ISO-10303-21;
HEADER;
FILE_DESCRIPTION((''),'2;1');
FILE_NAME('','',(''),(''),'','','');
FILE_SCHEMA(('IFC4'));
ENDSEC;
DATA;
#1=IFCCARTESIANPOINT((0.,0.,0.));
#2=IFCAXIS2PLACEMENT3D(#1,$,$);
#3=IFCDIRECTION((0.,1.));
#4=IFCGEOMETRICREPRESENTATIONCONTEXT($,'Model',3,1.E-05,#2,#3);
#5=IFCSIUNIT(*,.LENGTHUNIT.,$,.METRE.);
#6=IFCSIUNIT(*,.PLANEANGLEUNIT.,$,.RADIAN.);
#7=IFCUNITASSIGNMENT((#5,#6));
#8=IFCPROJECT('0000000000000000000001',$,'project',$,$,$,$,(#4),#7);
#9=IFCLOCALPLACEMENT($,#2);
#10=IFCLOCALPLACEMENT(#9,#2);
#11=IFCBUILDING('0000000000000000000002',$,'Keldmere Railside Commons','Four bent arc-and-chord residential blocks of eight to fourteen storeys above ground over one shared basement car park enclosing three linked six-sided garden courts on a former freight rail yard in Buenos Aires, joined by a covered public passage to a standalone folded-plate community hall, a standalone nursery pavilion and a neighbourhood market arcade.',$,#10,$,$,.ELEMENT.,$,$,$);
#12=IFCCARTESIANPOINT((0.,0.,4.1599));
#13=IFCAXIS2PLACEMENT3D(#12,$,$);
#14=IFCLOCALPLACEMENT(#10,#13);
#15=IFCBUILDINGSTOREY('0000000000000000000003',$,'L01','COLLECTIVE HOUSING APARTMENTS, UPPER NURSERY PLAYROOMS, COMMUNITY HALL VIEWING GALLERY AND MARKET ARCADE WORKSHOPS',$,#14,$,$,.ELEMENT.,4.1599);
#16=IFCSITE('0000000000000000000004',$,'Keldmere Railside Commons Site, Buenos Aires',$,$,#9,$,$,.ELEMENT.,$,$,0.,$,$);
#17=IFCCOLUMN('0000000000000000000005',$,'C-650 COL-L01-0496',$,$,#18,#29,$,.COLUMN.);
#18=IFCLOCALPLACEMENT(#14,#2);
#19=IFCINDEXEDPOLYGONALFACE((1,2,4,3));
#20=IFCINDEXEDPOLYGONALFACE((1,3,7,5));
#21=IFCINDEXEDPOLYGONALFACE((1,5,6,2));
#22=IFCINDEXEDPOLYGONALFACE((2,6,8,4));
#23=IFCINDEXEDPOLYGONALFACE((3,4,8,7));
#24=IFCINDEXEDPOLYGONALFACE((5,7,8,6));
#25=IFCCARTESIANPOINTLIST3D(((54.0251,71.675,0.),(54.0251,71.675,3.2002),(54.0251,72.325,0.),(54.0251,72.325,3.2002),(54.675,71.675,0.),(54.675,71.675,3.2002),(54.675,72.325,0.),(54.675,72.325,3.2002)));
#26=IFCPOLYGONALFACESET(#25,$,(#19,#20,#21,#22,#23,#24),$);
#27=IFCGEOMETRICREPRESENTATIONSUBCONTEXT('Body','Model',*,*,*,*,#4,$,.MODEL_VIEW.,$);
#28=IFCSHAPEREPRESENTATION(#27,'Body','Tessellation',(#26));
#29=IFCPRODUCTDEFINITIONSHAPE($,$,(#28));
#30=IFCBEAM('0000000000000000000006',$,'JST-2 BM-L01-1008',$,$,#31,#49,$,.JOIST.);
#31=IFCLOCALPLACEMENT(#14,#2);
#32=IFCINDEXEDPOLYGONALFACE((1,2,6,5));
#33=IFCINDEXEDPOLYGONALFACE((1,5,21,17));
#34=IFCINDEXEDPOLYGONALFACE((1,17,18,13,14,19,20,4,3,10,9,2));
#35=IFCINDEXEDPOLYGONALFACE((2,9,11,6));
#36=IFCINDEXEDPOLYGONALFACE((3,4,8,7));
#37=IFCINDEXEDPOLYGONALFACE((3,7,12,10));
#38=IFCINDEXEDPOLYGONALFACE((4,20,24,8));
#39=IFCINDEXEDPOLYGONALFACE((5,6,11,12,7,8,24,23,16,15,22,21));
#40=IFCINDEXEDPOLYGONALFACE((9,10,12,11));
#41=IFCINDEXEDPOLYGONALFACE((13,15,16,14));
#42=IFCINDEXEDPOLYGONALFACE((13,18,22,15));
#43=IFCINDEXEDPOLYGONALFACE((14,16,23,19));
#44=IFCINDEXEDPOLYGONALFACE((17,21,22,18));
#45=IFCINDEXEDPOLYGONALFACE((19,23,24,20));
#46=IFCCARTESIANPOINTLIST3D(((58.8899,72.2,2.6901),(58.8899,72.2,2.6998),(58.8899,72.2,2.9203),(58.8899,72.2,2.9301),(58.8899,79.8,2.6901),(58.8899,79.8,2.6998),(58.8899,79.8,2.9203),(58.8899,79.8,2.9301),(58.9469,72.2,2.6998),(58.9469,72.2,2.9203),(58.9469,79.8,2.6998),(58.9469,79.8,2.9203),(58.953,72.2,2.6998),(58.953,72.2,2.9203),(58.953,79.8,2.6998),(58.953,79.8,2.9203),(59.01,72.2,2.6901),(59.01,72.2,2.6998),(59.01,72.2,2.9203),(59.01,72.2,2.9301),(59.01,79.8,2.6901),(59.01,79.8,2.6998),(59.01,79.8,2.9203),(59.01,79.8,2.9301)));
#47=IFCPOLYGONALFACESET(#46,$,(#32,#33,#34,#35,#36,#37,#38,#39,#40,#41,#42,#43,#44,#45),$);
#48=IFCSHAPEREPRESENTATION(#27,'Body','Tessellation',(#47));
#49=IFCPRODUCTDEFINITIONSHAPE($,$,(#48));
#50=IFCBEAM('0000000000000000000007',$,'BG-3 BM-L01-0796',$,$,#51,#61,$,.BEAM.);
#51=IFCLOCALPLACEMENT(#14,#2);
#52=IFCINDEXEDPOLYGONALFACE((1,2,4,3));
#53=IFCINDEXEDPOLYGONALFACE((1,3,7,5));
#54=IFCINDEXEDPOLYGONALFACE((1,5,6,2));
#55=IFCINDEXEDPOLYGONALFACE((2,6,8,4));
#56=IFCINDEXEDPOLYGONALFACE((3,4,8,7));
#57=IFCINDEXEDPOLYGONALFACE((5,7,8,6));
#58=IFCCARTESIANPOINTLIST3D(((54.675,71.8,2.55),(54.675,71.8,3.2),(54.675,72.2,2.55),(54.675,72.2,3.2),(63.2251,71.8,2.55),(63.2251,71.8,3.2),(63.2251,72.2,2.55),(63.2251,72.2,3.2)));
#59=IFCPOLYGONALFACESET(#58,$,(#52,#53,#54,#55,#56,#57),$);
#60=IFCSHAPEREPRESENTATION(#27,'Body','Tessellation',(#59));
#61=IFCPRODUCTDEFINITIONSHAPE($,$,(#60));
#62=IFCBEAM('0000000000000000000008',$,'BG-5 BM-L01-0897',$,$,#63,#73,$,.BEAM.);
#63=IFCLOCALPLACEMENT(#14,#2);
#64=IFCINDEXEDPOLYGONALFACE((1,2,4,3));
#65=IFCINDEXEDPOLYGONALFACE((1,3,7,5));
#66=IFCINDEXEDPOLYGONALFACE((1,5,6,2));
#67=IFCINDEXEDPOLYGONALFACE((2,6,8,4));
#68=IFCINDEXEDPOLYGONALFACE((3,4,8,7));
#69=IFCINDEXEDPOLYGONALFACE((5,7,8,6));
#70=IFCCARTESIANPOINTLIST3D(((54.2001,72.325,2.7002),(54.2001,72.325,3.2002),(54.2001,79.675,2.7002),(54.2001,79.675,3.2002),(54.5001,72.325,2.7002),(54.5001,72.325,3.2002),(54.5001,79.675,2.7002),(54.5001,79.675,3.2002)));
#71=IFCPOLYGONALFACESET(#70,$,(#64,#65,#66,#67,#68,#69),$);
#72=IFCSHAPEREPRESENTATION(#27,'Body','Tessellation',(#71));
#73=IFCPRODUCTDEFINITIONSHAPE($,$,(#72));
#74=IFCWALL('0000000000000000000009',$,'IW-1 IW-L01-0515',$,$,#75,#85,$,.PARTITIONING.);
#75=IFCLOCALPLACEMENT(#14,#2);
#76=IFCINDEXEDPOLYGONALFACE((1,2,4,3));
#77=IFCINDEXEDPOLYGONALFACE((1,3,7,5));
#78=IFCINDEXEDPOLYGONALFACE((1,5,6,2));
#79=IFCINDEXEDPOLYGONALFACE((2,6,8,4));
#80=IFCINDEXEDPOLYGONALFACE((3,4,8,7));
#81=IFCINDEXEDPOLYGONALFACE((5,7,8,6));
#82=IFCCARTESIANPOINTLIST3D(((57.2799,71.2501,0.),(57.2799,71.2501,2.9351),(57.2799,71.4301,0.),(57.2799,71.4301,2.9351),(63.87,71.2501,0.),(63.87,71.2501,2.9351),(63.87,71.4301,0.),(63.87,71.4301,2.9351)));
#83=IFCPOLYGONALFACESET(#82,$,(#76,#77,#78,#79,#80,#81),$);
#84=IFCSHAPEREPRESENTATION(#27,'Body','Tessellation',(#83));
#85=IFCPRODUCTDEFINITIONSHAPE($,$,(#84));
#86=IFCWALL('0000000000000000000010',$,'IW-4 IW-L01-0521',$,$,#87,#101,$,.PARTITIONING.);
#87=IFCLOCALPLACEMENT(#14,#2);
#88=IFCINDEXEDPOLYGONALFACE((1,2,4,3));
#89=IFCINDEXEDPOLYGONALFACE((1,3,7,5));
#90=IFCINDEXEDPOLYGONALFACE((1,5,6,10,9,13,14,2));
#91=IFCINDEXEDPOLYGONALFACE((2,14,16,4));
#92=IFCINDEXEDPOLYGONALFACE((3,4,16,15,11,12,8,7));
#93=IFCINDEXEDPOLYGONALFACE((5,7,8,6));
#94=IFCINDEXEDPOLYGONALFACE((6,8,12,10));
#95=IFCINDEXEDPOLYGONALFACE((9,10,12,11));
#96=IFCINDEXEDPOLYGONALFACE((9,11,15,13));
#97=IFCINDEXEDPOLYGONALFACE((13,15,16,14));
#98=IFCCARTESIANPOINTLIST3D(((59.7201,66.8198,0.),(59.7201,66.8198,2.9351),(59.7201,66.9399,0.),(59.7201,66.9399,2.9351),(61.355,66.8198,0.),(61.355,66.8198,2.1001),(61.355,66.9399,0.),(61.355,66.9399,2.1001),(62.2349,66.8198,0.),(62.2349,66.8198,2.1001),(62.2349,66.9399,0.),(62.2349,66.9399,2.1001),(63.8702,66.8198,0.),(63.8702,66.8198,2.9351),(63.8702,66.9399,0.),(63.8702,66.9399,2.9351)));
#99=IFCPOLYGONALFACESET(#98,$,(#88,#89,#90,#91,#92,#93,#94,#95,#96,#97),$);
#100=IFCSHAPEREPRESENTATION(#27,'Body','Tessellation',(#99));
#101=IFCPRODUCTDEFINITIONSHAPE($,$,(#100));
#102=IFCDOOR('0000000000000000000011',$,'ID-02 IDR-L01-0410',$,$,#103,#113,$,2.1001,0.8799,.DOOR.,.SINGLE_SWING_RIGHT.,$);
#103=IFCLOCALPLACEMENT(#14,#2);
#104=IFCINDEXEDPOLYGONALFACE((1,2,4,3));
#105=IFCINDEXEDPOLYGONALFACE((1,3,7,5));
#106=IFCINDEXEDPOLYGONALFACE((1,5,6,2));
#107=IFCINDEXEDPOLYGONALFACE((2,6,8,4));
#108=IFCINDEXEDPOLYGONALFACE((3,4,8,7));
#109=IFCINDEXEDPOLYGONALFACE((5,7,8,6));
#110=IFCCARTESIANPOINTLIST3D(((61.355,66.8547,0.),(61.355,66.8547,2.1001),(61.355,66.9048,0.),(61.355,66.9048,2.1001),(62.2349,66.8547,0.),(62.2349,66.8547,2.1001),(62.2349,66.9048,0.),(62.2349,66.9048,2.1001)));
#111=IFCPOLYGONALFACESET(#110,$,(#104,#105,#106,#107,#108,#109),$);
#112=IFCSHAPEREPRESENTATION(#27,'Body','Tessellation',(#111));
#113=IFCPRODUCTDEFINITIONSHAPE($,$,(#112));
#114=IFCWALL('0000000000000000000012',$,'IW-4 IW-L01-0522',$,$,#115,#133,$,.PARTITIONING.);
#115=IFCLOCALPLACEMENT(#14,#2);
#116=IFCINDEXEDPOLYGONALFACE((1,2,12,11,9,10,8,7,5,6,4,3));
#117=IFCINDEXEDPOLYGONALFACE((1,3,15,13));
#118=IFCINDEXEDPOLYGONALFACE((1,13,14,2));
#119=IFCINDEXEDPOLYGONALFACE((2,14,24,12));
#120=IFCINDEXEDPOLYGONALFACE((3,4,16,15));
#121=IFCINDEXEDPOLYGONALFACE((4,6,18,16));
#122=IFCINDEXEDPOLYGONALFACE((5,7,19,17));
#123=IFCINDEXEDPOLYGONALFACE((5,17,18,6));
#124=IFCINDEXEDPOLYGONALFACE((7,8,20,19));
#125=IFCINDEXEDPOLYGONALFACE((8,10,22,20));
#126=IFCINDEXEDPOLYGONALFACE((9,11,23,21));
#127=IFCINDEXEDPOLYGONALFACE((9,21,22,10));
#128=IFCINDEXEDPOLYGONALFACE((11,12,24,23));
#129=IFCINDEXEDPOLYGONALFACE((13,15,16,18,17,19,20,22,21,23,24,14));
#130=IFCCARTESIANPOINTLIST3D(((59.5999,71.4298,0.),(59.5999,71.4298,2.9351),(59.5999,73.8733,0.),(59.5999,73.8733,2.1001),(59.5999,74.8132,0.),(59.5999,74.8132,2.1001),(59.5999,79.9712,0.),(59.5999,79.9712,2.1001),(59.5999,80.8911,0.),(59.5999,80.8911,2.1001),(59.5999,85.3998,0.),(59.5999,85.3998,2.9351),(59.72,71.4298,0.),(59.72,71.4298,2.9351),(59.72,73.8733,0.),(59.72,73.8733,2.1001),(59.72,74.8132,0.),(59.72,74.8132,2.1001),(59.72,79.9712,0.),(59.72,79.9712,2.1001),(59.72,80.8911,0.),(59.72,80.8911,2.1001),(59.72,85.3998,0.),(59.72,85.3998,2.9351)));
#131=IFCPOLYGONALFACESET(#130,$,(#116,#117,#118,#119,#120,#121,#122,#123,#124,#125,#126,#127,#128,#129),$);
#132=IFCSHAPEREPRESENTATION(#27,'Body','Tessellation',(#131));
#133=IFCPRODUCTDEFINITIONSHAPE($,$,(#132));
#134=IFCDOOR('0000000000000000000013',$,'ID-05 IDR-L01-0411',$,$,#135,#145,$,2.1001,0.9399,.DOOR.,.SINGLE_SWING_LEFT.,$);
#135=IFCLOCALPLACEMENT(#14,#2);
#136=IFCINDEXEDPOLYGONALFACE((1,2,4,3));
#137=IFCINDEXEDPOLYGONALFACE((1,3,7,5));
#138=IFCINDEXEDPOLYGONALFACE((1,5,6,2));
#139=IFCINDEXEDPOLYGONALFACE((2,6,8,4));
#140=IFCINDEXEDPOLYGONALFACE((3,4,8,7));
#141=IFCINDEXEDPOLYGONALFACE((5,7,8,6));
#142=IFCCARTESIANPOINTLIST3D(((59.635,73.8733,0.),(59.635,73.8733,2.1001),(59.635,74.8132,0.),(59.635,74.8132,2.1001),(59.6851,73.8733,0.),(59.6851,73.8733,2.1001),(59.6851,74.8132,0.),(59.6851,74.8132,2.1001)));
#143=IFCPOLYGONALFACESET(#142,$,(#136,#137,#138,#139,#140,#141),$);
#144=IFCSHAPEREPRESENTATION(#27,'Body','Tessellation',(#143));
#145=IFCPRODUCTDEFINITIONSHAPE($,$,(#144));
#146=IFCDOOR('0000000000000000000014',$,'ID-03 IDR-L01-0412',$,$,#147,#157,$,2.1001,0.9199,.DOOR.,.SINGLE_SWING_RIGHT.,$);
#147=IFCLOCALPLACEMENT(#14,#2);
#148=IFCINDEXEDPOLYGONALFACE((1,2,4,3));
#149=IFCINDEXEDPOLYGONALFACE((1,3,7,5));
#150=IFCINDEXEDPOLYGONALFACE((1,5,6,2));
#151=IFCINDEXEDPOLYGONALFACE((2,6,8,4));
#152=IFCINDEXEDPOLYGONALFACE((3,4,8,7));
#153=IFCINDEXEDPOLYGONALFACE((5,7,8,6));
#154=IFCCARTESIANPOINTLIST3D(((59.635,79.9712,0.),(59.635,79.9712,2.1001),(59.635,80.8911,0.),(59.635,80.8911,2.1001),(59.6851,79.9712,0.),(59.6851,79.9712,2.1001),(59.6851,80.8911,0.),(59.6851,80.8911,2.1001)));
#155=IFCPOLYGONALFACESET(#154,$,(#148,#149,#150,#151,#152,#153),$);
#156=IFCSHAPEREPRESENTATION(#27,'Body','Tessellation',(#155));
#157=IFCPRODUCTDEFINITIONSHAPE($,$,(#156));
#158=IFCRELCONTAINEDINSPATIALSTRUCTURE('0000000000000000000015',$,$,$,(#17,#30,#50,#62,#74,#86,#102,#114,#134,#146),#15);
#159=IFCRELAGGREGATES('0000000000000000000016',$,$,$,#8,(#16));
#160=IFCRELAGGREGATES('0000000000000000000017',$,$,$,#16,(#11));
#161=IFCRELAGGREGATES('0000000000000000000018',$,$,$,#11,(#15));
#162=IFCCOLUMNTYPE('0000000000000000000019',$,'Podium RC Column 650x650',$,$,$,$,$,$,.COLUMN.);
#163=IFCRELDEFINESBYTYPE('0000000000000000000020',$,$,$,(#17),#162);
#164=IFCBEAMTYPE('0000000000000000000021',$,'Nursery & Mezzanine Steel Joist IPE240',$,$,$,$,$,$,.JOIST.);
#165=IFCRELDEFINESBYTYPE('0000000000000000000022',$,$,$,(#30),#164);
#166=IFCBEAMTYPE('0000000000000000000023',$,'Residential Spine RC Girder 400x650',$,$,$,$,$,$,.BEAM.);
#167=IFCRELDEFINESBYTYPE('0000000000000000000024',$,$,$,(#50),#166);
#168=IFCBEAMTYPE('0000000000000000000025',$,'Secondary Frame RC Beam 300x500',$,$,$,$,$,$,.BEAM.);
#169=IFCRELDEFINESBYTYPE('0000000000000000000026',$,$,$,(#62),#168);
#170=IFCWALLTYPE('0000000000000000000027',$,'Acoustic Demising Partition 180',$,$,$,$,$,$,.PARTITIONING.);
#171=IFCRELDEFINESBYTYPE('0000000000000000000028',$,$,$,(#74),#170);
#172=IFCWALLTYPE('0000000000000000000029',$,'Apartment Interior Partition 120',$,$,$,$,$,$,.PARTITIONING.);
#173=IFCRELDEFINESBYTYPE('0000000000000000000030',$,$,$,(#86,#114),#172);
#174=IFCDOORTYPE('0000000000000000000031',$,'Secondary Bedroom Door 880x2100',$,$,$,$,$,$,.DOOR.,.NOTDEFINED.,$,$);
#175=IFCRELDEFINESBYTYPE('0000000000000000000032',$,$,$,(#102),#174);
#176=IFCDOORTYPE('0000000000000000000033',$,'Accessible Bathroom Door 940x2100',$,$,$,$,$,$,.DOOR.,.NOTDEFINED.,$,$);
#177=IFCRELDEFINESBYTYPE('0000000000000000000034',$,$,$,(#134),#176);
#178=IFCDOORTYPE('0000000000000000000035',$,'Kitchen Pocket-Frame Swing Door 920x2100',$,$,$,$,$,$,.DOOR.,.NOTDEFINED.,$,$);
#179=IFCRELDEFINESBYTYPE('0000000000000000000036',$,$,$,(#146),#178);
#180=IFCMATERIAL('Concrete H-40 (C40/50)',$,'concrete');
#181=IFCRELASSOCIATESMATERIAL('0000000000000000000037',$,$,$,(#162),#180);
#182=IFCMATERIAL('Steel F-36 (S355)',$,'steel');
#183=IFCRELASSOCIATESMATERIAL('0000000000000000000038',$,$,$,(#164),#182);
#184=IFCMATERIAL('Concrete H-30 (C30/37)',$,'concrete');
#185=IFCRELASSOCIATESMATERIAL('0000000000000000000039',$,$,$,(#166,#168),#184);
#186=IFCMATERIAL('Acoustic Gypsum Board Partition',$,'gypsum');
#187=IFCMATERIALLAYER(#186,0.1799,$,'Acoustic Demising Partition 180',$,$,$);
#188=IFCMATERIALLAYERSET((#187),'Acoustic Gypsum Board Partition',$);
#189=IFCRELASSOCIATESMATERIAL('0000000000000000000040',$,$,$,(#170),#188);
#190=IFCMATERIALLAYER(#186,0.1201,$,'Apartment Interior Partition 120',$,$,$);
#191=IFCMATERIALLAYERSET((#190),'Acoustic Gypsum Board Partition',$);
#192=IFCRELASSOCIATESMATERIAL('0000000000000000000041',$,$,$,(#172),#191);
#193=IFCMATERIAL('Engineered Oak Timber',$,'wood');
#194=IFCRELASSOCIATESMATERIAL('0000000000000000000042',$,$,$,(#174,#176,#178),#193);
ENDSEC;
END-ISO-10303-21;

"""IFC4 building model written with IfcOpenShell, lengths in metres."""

from ifc_helpers import new_model, si_unit, direction, frame, frame_2d, origin, origin_2d, place, context, subcontext, project, spatial, rectangle, i_section, extrude, material, layer, layer_set, material_profile, profile_set, type_object, element, fill, save


model = new_model("IFC4")

# Units and contexts
model_context = context("Model", 3, precision=1e-05, world=origin(), true_north=direction((0.0, 1.0)))
body_context = subcontext(model_context, "Body", "Model", "MODEL_VIEW")
ifc_project = project(units=[si_unit("LENGTHUNIT", "METRE"), si_unit("PLANEANGLEUNIT", "RADIAN")], contexts=[model_context])

# Site, building, storey
site_placement = place(None, origin())
site = spatial("IfcSite", under=ifc_project, at=site_placement, Name="Keldmere Railside Commons Site, Buenos Aires", CompositionType="ELEMENT", RefElevation=0.0)
building_placement = place(site_placement, origin())
building = spatial("IfcBuilding", under=site, at=building_placement, Name="Keldmere Railside Commons", Description="Four bent arc-and-chord residential blocks of eight to fourteen storeys above ground over one shared basement car park enclosing three linked six-sided garden courts on a former freight rail yard in Buenos Aires, joined by a covered public passage to a standalone folded-plate community hall, a standalone nursery pavilion and a neighbourhood market arcade.", CompositionType="ELEMENT")
storey_placement = place(building_placement, frame((0.0, 0.0, 4.1599)))
storey = spatial("IfcBuildingStorey", under=building, at=storey_placement, Name="L01", Description="COLLECTIVE HOUSING APARTMENTS, UPPER NURSERY PLAYROOMS, COMMUNITY HALL VIEWING GALLERY AND MARKET ARCADE WORKSHOPS", CompositionType="ELEMENT", Elevation=4.1599)

# Column
ifc_material_1 = material(Name="Concrete H-40 (C40/50)", Category="concrete")
ifc_material_profile_1 = material_profile(ifc_material_1, rectangle(XDim=0.6499, YDim=0.6499, at=origin_2d()), Name="RC-650x650")
ifc_profile_set_1 = profile_set([ifc_material_profile_1], Name="Concrete H-40 (C40/50)")
column_type = type_object("IfcColumnType", Name="Podium RC Column 650x650", PredefinedType="COLUMN", material=ifc_profile_set_1)
column_placement = place(storey_placement, frame((54.3501, 72.0, 0.0), z_axis=(0.0, 0.0, 1.0), x_axis=(1.0, 0.0, 0.0)))
element("IfcColumn", 1, at=column_placement, inside=storey, type_object=column_type, Name="C-650 COL-L01-0496", PredefinedType="COLUMN", context=body_context, shape_type="SweptSolid", body=[
    extrude(rectangle(XDim=0.6499, YDim=0.6499, at=origin_2d()), origin(), (0.0, 0.0, 1.0), 3.2002),
])

# Beams
ifc_material_2 = material(Name="Steel F-36 (S355)", Category="steel")
ifc_material_profile_2 = material_profile(ifc_material_2, i_section(OverallWidth=0.1201, OverallDepth=0.24, WebThickness=0.0061, FlangeThickness=0.0098, at=origin_2d()), Name="IPE-240")
ifc_profile_set_2 = profile_set([ifc_material_profile_2], Name="Steel F-36 (S355)")
beam_type_1 = type_object("IfcBeamType", Name="Nursery & Mezzanine Steel Joist IPE240", PredefinedType="JOIST", material=ifc_profile_set_2)
beam_1_placement = place(storey_placement, frame((58.95, 72.2, 2.8101), z_axis=(0.0, 1.0, 0.0), x_axis=(-1.0, 0.0, 0.0)))
element("IfcBeam", 2, at=beam_1_placement, inside=storey, type_object=beam_type_1, Name="JST-2 BM-L01-1008", PredefinedType="JOIST", context=body_context, shape_type="SweptSolid", body=[
    extrude(i_section(OverallWidth=0.1201, OverallDepth=0.24, WebThickness=0.0061, FlangeThickness=0.0098, at=origin_2d()), origin(), (0.0, 0.0, 1.0), 7.6001),
])
ifc_material_3 = material(Name="Concrete H-30 (C30/37)", Category="concrete")
ifc_material_profile_3 = material_profile(ifc_material_3, rectangle(XDim=0.3999, YDim=0.6499, at=origin_2d()), Name="RC-400x650")
ifc_profile_set_3 = profile_set([ifc_material_profile_3], Name="Concrete H-30 (C30/37)")
beam_type_2 = type_object("IfcBeamType", Name="Residential Spine RC Girder 400x650", PredefinedType="BEAM", material=ifc_profile_set_3)
beam_2_placement = place(storey_placement, frame((54.675, 72.0, 2.875), z_axis=(1.0, 0.0, 0.0), x_axis=(0.0, 1.0, 0.0)))
element("IfcBeam", 3, at=beam_2_placement, inside=storey, type_object=beam_type_2, Name="BG-3 BM-L01-0796", PredefinedType="BEAM", context=body_context, shape_type="SweptSolid", body=[
    extrude(rectangle(XDim=0.3999, YDim=0.6499, at=origin_2d()), origin(), (0.0, 0.0, 1.0), 8.55),
])
ifc_material_profile_4 = material_profile(ifc_material_3, rectangle(XDim=0.3, YDim=0.5, at=origin_2d()), Name="RC-300x500")
ifc_profile_set_4 = profile_set([ifc_material_profile_4], Name="Concrete H-30 (C30/37)")
beam_type_3 = type_object("IfcBeamType", Name="Secondary Frame RC Beam 300x500", PredefinedType="BEAM", material=ifc_profile_set_4)
beam_3_placement = place(storey_placement, frame((54.3501, 72.325, 2.9502), z_axis=(0.0, 1.0, 0.0), x_axis=(-1.0, 0.0, 0.0)))
element("IfcBeam", 4, at=beam_3_placement, inside=storey, type_object=beam_type_3, Name="BG-5 BM-L01-0897", PredefinedType="BEAM", context=body_context, shape_type="SweptSolid", body=[
    extrude(rectangle(XDim=0.3, YDim=0.5, at=origin_2d()), origin(), (0.0, 0.0, 1.0), 7.3501),
])

# Wall
ifc_material_4 = material(Name="Acoustic Gypsum Board Partition", Category="gypsum")
ifc_layer_1 = layer(ifc_material_4, 0.1799, Name="Acoustic Demising Partition 180")
ifc_layer_set_1 = layer_set([ifc_layer_1], Name="Acoustic Gypsum Board Partition")
wall_type_1 = type_object("IfcWallType", Name="Acoustic Demising Partition 180", PredefinedType="PARTITIONING", material=ifc_layer_set_1)
wall_1_placement = place(storey_placement, frame((57.28, 71.3401, 0.0), z_axis=(0.0, 0.0, 1.0), x_axis=(1.0, 0.0, 0.0)))
element("IfcWall", 5, at=wall_1_placement, inside=storey, type_object=wall_type_1, Name="IW-1 IW-L01-0515", PredefinedType="PARTITIONING", context=body_context, shape_type="SweptSolid", body=[
    extrude(rectangle(XDim=6.5901, YDim=0.1799, at=frame_2d((3.2949, 0.0))), origin(), (0.0, 0.0, 1.0), 2.9351),
])

# Wall, opening, door
ifc_layer_2 = layer(ifc_material_4, 0.1201, Name="Apartment Interior Partition 120")
ifc_layer_set_2 = layer_set([ifc_layer_2], Name="Acoustic Gypsum Board Partition")
wall_type_2 = type_object("IfcWallType", Name="Apartment Interior Partition 120", PredefinedType="PARTITIONING", material=ifc_layer_set_2)
wall_2_placement = place(storey_placement, frame((59.72, 66.8799, 0.0), z_axis=(0.0, 0.0, 1.0), x_axis=(1.0, 0.0, 0.0)))
wall_2 = element("IfcWall", 6, at=wall_2_placement, inside=storey, type_object=wall_type_2, Name="IW-4 IW-L01-0521", PredefinedType="PARTITIONING", context=body_context, shape_type="SweptSolid", body=[
    extrude(rectangle(XDim=4.1501, YDim=0.1201, at=frame_2d((2.0752, 0.0))), origin(), (0.0, 0.0, 1.0), 2.9351),
])
opening_1_placement = place(wall_2_placement, frame((1.635, 0.0, 0.0)))
opening_1 = element("IfcOpeningElement", 7, at=opening_1_placement, cuts=wall_2, PredefinedType="OPENING", context=body_context, shape_type="SweptSolid", body=[
    extrude(rectangle(XDim=0.8799, YDim=2.1001, at=frame_2d((0.4399, 1.05))), frame((0.0, 0.0701, 0.0), z_axis=(0.0, -1.0, 0.0), x_axis=(1.0, 0.0, 0.0)), (0.0, 0.0, 1.0), 0.1401),
])
ifc_material_5 = material(Name="Engineered Oak Timber", Category="wood")
door_type_1 = type_object("IfcDoorType", Name="Secondary Bedroom Door 880x2100", OperationType="NOTDEFINED", PredefinedType="DOOR", material=ifc_material_5)
door_1_placement = place(opening_1_placement, origin())
door_1 = element("IfcDoor", 8, at=door_1_placement, inside=storey, type_object=door_type_1, Name="ID-02 IDR-L01-0410", OperationType="SINGLE_SWING_RIGHT", OverallHeight=2.1001, OverallWidth=0.8799, PredefinedType="DOOR", context=body_context, shape_type="SweptSolid", body=[
    extrude(rectangle(XDim=0.8799, YDim=2.1001, at=frame_2d((0.4399, 1.05))), frame((0.0, 0.0249, 0.0), z_axis=(0.0, -1.0, 0.0), x_axis=(1.0, 0.0, 0.0)), (0.0, 0.0, 1.0), 0.05),
])
fill(opening_1, door_1)

# Wall, openings, doors
wall_3_placement = place(storey_placement, frame((59.6599, 71.4299, 0.0), z_axis=(0.0, 0.0, 1.0), x_axis=(0.0, 1.0, 0.0)))
wall_3 = element("IfcWall", 9, at=wall_3_placement, inside=storey, type_object=wall_type_2, Name="IW-4 IW-L01-0522", PredefinedType="PARTITIONING", context=body_context, shape_type="SweptSolid", body=[
    extrude(rectangle(XDim=13.97, YDim=0.1201, at=frame_2d((6.9849, 0.0))), origin(), (0.0, 0.0, 1.0), 2.9351),
])
opening_2_placement = place(wall_3_placement, frame((2.4434, 0.0, 0.0)))
opening_2 = element("IfcOpeningElement", 10, at=opening_2_placement, cuts=wall_3, PredefinedType="OPENING", context=body_context, shape_type="SweptSolid", body=[
    extrude(rectangle(XDim=0.9399, YDim=2.1001, at=frame_2d((0.47, 1.05))), frame((0.0, 0.0701, 0.0), z_axis=(0.0, -1.0, 0.0), x_axis=(1.0, 0.0, 0.0)), (0.0, 0.0, 1.0), 0.1401),
])
opening_3_placement = place(wall_3_placement, frame((8.5413, 0.0, 0.0)))
opening_3 = element("IfcOpeningElement", 11, at=opening_3_placement, cuts=wall_3, PredefinedType="OPENING", context=body_context, shape_type="SweptSolid", body=[
    extrude(rectangle(XDim=0.9199, YDim=2.1001, at=frame_2d((0.46, 1.05))), frame((0.0, 0.0701, 0.0), z_axis=(0.0, -1.0, 0.0), x_axis=(1.0, 0.0, 0.0)), (0.0, 0.0, 1.0), 0.1401),
])
door_type_2 = type_object("IfcDoorType", Name="Accessible Bathroom Door 940x2100", OperationType="NOTDEFINED", PredefinedType="DOOR", material=ifc_material_5)
door_2_placement = place(opening_2_placement, origin())
door_2 = element("IfcDoor", 12, at=door_2_placement, inside=storey, type_object=door_type_2, Name="ID-05 IDR-L01-0411", OperationType="SINGLE_SWING_LEFT", OverallHeight=2.1001, OverallWidth=0.9399, PredefinedType="DOOR", context=body_context, shape_type="SweptSolid", body=[
    extrude(rectangle(XDim=0.9399, YDim=2.1001, at=frame_2d((0.47, 1.05))), frame((0.0, 0.0249, 0.0), z_axis=(0.0, -1.0, 0.0), x_axis=(1.0, 0.0, 0.0)), (0.0, 0.0, 1.0), 0.05),
])
fill(opening_2, door_2)
door_type_3 = type_object("IfcDoorType", Name="Kitchen Pocket-Frame Swing Door 920x2100", OperationType="NOTDEFINED", PredefinedType="DOOR", material=ifc_material_5)
door_3_placement = place(opening_3_placement, origin())
door_3 = element("IfcDoor", 13, at=door_3_placement, inside=storey, type_object=door_type_3, Name="ID-03 IDR-L01-0412", OperationType="SINGLE_SWING_RIGHT", OverallHeight=2.1001, OverallWidth=0.9199, PredefinedType="DOOR", context=body_context, shape_type="SweptSolid", body=[
    extrude(rectangle(XDim=0.9199, YDim=2.1001, at=frame_2d((0.46, 1.05))), frame((0.0, 0.0249, 0.0), z_axis=(0.0, -1.0, 0.0), x_axis=(1.0, 0.0, 0.0)), (0.0, 0.0, 1.0), 0.05),
])
fill(opening_3, door_3)

save(model, "model.ifc")
